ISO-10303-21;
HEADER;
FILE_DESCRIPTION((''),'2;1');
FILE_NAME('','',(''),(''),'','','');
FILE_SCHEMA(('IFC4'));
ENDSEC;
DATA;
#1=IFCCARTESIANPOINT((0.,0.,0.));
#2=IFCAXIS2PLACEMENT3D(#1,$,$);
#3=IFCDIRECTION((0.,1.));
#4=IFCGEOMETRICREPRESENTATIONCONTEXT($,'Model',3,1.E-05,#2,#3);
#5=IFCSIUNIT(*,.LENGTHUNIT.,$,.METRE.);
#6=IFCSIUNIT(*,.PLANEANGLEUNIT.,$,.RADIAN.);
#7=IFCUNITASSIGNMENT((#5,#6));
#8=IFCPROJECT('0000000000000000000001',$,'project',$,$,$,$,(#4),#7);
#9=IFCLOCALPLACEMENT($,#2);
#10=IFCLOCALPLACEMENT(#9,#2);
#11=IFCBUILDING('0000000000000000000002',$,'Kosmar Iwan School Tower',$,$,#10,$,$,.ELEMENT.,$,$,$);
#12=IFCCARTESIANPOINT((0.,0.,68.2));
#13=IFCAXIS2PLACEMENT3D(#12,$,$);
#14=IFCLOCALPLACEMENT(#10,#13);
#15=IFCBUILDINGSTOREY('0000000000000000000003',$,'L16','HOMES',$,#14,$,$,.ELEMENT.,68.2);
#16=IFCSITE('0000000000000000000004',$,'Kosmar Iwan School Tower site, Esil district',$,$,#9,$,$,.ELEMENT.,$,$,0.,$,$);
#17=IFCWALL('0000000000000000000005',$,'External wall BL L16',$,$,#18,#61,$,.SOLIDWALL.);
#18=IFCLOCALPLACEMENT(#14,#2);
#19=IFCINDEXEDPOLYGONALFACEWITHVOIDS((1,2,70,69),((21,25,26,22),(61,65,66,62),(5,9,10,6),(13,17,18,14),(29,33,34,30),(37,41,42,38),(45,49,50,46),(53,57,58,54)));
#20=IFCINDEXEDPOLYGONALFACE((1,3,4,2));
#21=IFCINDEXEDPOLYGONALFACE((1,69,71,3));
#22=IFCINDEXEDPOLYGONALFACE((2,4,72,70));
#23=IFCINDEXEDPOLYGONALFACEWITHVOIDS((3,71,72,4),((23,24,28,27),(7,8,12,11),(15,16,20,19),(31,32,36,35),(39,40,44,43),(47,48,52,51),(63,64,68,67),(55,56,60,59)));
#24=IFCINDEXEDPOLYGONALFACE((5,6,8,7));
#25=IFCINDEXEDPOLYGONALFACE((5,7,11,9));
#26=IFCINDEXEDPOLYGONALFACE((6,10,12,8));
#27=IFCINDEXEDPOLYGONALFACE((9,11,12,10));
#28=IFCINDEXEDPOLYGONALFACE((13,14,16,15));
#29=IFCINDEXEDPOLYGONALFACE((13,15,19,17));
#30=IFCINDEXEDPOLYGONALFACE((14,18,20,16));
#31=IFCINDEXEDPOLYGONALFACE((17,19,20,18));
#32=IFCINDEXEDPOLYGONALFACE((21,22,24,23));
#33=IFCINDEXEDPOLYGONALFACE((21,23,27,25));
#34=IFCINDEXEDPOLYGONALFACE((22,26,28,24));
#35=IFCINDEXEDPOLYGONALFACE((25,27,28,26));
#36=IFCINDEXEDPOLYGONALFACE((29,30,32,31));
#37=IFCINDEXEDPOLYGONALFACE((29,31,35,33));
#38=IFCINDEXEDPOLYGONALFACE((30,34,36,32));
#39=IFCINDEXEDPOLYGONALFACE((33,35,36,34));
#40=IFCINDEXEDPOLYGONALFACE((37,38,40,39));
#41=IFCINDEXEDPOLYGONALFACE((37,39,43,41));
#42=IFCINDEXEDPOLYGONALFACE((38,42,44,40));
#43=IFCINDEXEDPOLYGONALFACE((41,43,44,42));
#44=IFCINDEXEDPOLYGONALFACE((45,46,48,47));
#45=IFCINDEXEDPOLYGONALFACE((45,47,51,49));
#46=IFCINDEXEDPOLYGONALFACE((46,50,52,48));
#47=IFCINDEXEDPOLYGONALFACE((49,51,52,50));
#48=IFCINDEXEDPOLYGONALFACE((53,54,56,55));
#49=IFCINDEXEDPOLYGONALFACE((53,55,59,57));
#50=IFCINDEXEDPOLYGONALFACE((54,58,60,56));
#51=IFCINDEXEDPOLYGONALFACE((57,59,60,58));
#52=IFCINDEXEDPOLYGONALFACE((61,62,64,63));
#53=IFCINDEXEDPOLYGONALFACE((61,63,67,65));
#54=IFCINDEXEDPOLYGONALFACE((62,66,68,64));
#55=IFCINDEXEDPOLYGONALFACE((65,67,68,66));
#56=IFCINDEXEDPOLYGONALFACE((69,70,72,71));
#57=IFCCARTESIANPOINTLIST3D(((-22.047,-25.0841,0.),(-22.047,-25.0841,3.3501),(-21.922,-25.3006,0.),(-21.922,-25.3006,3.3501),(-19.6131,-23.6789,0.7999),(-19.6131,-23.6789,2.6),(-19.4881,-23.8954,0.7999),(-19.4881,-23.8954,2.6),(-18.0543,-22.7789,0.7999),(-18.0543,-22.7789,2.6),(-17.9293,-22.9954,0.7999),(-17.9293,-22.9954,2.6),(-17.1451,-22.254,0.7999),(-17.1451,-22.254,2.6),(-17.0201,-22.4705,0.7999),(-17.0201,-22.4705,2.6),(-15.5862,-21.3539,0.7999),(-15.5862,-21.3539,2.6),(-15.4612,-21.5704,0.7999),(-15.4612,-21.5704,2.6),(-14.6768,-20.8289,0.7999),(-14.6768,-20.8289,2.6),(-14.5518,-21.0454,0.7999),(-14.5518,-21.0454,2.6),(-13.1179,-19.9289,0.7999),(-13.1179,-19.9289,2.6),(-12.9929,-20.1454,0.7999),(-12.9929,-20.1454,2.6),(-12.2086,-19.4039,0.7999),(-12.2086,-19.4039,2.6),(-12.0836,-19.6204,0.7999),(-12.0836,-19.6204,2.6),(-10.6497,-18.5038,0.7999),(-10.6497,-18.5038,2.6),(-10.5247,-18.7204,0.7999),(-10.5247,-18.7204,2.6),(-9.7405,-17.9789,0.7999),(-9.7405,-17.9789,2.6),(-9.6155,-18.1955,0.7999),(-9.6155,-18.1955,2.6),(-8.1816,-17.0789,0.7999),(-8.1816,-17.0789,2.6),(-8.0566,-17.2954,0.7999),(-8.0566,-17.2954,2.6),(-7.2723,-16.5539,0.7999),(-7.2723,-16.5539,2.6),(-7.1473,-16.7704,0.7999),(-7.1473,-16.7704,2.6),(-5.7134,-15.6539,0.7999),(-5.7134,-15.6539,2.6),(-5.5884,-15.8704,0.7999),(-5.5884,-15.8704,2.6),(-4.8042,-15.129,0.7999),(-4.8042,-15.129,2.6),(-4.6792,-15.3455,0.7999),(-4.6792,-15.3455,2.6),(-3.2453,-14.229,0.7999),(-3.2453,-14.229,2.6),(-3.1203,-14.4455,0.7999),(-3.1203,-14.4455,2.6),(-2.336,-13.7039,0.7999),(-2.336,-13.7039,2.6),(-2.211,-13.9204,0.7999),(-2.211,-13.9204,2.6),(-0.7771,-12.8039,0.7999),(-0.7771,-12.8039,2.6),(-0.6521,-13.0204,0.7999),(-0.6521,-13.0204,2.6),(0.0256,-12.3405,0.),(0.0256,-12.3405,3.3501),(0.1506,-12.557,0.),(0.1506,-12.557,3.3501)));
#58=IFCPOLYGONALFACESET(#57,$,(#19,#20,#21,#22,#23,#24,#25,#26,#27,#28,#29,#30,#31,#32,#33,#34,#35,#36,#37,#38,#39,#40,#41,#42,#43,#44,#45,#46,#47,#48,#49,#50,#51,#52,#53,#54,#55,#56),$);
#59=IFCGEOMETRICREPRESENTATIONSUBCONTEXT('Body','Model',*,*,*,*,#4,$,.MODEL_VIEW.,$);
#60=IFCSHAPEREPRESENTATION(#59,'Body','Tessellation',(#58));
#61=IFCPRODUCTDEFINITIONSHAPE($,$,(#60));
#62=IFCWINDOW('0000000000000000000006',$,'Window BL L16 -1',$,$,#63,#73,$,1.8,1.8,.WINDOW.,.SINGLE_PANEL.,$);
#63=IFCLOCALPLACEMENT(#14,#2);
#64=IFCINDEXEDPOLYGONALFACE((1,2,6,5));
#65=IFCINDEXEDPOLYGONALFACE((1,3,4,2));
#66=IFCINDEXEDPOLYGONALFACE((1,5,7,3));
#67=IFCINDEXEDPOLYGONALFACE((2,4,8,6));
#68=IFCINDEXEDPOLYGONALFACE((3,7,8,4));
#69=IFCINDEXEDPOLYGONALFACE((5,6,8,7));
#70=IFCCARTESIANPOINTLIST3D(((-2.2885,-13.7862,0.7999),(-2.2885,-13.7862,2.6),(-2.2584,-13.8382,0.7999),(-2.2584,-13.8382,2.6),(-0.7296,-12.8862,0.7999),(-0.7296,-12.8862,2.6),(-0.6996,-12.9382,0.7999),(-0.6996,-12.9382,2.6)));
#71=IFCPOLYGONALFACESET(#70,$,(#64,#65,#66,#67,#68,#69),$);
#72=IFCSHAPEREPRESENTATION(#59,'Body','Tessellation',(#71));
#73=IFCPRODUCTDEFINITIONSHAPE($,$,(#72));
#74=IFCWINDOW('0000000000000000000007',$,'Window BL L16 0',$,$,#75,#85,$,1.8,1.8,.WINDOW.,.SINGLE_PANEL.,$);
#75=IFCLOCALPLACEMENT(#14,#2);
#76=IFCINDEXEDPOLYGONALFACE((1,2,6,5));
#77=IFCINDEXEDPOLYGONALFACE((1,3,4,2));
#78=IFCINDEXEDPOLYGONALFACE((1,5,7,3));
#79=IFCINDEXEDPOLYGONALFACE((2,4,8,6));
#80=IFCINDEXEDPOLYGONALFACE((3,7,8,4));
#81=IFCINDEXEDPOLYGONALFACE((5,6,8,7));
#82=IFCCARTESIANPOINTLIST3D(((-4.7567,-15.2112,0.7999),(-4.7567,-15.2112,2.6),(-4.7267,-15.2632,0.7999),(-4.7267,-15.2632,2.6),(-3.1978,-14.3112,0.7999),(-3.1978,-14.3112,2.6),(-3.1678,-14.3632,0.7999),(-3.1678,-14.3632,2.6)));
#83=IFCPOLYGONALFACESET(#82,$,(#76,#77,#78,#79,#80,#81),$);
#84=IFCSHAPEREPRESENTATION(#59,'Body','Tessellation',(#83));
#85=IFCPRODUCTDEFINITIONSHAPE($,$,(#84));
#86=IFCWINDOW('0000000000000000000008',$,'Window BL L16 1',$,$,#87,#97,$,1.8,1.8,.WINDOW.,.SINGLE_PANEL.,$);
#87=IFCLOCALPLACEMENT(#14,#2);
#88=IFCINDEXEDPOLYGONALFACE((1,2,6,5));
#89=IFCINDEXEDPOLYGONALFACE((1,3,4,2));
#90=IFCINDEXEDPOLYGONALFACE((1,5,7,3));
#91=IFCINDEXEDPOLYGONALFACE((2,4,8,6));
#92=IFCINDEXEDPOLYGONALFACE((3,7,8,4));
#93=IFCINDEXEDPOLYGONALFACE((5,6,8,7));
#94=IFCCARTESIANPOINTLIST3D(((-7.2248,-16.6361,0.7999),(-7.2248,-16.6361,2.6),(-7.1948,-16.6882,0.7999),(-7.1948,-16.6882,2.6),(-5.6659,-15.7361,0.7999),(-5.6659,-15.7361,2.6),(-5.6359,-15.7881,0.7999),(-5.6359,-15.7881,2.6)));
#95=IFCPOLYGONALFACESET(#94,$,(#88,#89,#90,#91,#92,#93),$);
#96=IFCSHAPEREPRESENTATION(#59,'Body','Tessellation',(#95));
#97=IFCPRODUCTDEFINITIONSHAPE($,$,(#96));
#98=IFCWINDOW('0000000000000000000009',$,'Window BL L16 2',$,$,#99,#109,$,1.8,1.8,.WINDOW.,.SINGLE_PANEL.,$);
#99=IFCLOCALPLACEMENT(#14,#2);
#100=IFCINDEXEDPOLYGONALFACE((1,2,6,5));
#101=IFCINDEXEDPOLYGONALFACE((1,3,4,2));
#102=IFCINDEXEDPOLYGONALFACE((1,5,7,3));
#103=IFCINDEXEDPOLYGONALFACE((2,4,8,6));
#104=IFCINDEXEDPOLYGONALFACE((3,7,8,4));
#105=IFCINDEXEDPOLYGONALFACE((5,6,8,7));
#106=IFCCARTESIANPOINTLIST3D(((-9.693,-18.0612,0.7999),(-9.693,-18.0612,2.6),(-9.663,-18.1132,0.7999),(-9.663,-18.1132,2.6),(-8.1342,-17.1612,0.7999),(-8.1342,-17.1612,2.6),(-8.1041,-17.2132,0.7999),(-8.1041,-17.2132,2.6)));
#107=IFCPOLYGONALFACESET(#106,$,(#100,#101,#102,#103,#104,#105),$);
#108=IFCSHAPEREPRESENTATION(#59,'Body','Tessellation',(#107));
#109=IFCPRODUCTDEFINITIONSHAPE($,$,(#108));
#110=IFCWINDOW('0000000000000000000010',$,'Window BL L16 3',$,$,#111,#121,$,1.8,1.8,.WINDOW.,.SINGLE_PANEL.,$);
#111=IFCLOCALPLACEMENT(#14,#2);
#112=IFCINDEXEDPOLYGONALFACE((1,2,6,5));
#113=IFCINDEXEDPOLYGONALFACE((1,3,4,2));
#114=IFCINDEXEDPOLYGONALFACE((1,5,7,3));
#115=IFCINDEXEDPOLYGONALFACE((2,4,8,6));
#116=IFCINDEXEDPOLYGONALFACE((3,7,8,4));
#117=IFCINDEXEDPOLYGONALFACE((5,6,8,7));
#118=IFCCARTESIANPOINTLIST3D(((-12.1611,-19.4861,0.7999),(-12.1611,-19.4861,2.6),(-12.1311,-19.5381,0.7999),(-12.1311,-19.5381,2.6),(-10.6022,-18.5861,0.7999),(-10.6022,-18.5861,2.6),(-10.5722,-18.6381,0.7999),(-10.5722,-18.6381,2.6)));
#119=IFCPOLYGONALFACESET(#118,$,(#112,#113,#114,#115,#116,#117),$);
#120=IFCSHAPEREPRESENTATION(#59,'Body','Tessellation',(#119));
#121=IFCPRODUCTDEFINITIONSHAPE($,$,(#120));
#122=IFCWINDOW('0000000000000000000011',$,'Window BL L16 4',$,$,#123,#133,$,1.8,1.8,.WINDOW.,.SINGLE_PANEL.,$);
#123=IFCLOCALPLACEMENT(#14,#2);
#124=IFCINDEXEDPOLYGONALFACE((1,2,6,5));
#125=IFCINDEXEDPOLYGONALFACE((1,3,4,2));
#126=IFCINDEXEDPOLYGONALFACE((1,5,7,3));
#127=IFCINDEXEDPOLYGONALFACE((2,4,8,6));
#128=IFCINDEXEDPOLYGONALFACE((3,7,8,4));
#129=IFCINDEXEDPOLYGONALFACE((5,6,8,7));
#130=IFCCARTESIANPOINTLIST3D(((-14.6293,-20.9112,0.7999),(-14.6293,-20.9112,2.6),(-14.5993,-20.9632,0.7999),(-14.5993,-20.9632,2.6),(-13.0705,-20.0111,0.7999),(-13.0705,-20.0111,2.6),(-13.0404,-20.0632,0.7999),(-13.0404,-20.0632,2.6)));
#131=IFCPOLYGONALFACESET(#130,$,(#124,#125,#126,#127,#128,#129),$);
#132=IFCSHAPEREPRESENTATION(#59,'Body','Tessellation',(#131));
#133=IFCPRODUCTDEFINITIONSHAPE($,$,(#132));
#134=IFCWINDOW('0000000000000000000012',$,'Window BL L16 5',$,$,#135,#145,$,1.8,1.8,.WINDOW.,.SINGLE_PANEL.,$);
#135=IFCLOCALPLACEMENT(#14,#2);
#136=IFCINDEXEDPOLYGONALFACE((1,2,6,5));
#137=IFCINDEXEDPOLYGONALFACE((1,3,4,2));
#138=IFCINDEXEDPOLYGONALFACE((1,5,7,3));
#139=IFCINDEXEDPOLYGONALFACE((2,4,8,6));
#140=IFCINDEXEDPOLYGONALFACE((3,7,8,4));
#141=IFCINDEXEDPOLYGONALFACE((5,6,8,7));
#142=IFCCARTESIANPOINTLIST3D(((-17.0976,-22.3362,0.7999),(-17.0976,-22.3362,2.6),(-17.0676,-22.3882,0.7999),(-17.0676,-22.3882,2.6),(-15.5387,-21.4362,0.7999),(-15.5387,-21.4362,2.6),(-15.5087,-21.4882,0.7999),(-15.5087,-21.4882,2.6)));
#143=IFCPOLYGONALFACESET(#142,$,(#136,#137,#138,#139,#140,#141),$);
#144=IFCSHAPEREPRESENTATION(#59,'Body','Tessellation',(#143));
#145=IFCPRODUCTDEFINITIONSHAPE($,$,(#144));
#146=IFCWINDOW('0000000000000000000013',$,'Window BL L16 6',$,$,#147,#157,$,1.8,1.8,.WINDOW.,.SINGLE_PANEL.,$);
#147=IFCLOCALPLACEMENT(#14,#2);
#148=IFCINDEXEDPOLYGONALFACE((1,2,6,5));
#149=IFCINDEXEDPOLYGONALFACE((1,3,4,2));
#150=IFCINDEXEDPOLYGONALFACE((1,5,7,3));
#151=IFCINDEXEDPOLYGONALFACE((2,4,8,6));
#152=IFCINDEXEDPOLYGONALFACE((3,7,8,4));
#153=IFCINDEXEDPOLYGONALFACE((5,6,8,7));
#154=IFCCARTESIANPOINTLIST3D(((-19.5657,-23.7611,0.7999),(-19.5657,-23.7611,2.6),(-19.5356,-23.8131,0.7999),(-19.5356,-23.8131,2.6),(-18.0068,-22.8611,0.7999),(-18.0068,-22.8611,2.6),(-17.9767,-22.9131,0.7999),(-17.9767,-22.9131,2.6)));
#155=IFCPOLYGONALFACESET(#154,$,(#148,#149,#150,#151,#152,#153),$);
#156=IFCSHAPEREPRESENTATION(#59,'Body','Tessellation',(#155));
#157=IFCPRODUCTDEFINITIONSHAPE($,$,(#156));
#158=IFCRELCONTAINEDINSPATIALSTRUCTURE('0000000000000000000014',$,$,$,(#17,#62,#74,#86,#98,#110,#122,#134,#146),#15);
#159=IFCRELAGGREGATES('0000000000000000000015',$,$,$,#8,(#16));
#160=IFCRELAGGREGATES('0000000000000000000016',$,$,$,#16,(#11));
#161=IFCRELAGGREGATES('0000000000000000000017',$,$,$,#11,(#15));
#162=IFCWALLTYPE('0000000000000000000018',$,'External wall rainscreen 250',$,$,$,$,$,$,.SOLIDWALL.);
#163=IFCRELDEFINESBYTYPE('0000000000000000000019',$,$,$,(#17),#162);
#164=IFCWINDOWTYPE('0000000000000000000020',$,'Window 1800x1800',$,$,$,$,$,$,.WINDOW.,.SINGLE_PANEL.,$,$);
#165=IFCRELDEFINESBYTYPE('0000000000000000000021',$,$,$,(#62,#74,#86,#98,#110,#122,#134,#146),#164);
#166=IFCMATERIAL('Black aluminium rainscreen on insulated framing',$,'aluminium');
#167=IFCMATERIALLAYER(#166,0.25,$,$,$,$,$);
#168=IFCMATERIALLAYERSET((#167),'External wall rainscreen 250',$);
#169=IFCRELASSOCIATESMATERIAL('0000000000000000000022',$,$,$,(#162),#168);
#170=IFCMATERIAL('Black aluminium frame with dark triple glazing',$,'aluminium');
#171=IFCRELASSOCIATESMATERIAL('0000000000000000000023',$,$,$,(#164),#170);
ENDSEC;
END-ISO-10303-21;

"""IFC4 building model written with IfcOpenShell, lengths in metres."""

from ifc_helpers import new_model, si_unit, direction, frame, frame_2d, origin, place, context, subcontext, project, spatial, rectangle, extrude, material, layer, layer_set, type_object, element, fill, save


model = new_model("IFC4")

# Units and contexts
model_context = context("Model", 3, precision=1e-05, world=origin(), true_north=direction((0.0, 1.0)))
body_context = subcontext(model_context, "Body", "Model", "MODEL_VIEW")
ifc_project = project(units=[si_unit("LENGTHUNIT", "METRE"), si_unit("PLANEANGLEUNIT", "RADIAN")], contexts=[model_context])

# Site, building, storey
site_placement = place(None, origin())
site = spatial("IfcSite", under=ifc_project, at=site_placement, Name="Kosmar Iwan School Tower site, Esil district", CompositionType="ELEMENT", RefElevation=0.0)
building_placement = place(site_placement, origin())
building = spatial("IfcBuilding", under=site, at=building_placement, Name="Kosmar Iwan School Tower", CompositionType="ELEMENT")
storey_placement = place(building_placement, frame((0.0, 0.0, 68.2)))
storey = spatial("IfcBuildingStorey", under=building, at=storey_placement, Name="L16", Description="HOMES", CompositionType="ELEMENT", Elevation=68.2)

# Wall, openings, windows
ifc_material_1 = material(Name="Black aluminium rainscreen on insulated framing", Category="aluminium")
ifc_layer = layer(ifc_material_1, 0.25)
ifc_layer_set = layer_set([ifc_layer], Name="External wall rainscreen 250")
wall_type = type_object("IfcWallType", Name="External wall rainscreen 250", PredefinedType="SOLIDWALL", material=ifc_layer_set)
wall_1_placement = place(storey_placement, frame((0.0881, -12.4487, 0.0), z_axis=(0.0, 0.0, 1.0), x_axis=(-0.866026, -0.499998, 0.0)))
wall_1 = element("IfcWall", 1, at=wall_1_placement, inside=storey, type_object=wall_type, Name="External wall BL L16", PredefinedType="SOLIDWALL", context=body_context, shape_type="SweptSolid", body=[
    extrude(rectangle(XDim=25.4873, YDim=0.25, at=frame_2d((12.7437, 0.0))), origin(), (0.0, 0.0, 1.0), 3.3501),
])
opening_1_placement = place(wall_1_placement, frame((0.927, 0.0, 0.8)))
opening_1 = element("IfcOpeningElement", 2, at=opening_1_placement, cuts=wall_1, PredefinedType="OPENING", context=body_context, shape_type="SweptSolid", body=[
    extrude(rectangle(XDim=1.8, YDim=1.8, at=frame_2d((0.8999, 0.8999))), frame((0.0, 0.137, 0.0), z_axis=(0.0, -1.0, 0.0), x_axis=(1.0, 0.0, 0.0)), (0.0, 0.0, 1.0), 0.2739),
])
opening_2_placement = place(wall_1_placement, frame((3.7771, 0.0, 0.8)))
opening_2 = element("IfcOpeningElement", 3, at=opening_2_placement, cuts=wall_1, PredefinedType="OPENING", context=body_context, shape_type="SweptSolid", body=[
    extrude(rectangle(XDim=1.8, YDim=1.8, at=frame_2d((0.8999, 0.8999))), frame((0.0, 0.137, 0.0), z_axis=(0.0, -1.0, 0.0), x_axis=(1.0, 0.0, 0.0)), (0.0, 0.0, 1.0), 0.2739),
])
opening_3_placement = place(wall_1_placement, frame((6.627, 0.0, 0.8)))
opening_3 = element("IfcOpeningElement", 4, at=opening_3_placement, cuts=wall_1, PredefinedType="OPENING", context=body_context, shape_type="SweptSolid", body=[
    extrude(rectangle(XDim=1.8, YDim=1.8, at=frame_2d((0.8999, 0.8999))), frame((0.0, 0.137, 0.0), z_axis=(0.0, -1.0, 0.0), x_axis=(1.0, 0.0, 0.0)), (0.0, 0.0, 1.0), 0.2739),
])
opening_4_placement = place(wall_1_placement, frame((9.4771, 0.0, 0.8)))
opening_4 = element("IfcOpeningElement", 5, at=opening_4_placement, cuts=wall_1, PredefinedType="OPENING", context=body_context, shape_type="SweptSolid", body=[
    extrude(rectangle(XDim=1.8, YDim=1.8, at=frame_2d((0.8999, 0.8999))), frame((0.0, 0.137, 0.0), z_axis=(0.0, -1.0, 0.0), x_axis=(1.0, 0.0, 0.0)), (0.0, 0.0, 1.0), 0.2739),
])
opening_5_placement = place(wall_1_placement, frame((12.3269, 0.0, 0.8)))
opening_5 = element("IfcOpeningElement", 6, at=opening_5_placement, cuts=wall_1, PredefinedType="OPENING", context=body_context, shape_type="SweptSolid", body=[
    extrude(rectangle(XDim=1.8, YDim=1.8, at=frame_2d((0.8999, 0.8999))), frame((0.0, 0.137, 0.0), z_axis=(0.0, -1.0, 0.0), x_axis=(1.0, 0.0, 0.0)), (0.0, 0.0, 1.0), 0.2739),
])
opening_6_placement = place(wall_1_placement, frame((15.177, 0.0, 0.8)))
opening_6 = element("IfcOpeningElement", 7, at=opening_6_placement, cuts=wall_1, PredefinedType="OPENING", context=body_context, shape_type="SweptSolid", body=[
    extrude(rectangle(XDim=1.8, YDim=1.8, at=frame_2d((0.8999, 0.8999))), frame((0.0, 0.137, 0.0), z_axis=(0.0, -1.0, 0.0), x_axis=(1.0, 0.0, 0.0)), (0.0, 0.0, 1.0), 0.2739),
])
opening_7_placement = place(wall_1_placement, frame((18.0271, 0.0, 0.8)))
opening_7 = element("IfcOpeningElement", 8, at=opening_7_placement, cuts=wall_1, PredefinedType="OPENING", context=body_context, shape_type="SweptSolid", body=[
    extrude(rectangle(XDim=1.8, YDim=1.8, at=frame_2d((0.8999, 0.8999))), frame((0.0, 0.137, 0.0), z_axis=(0.0, -1.0, 0.0), x_axis=(1.0, 0.0, 0.0)), (0.0, 0.0, 1.0), 0.2739),
])
opening_8_placement = place(wall_1_placement, frame((20.877, 0.0, 0.8)))
opening_8 = element("IfcOpeningElement", 9, at=opening_8_placement, cuts=wall_1, PredefinedType="OPENING", context=body_context, shape_type="SweptSolid", body=[
    extrude(rectangle(XDim=1.8, YDim=1.8, at=frame_2d((0.8999, 0.8999))), frame((0.0, 0.137, 0.0), z_axis=(0.0, -1.0, 0.0), x_axis=(1.0, 0.0, 0.0)), (0.0, 0.0, 1.0), 0.2739),
])
ifc_material_2 = material(Name="Black aluminium frame with dark triple glazing", Category="aluminium")
window_type = type_object("IfcWindowType", Name="Window 1800x1800", PartitioningType="SINGLE_PANEL", PredefinedType="WINDOW", material=ifc_material_2)
window_1_placement = place(opening_1_placement, origin())
window_1 = element("IfcWindow", 10, at=window_1_placement, inside=storey, type_object=window_type, Name="Window BL L16 -1", OverallHeight=1.8, OverallWidth=1.8, PartitioningType="SINGLE_PANEL", PredefinedType="WINDOW", context=body_context, shape_type="SweptSolid", body=[
    extrude(rectangle(XDim=1.8, YDim=1.8, at=frame_2d((0.8999, 0.8999))), frame((0.0, 0.03, 0.0), z_axis=(0.0, -1.0, 0.0), x_axis=(1.0, 0.0, 0.0)), (0.0, 0.0, 1.0), 0.0601),
])
fill(opening_1, window_1)
window_2_placement = place(opening_2_placement, origin())
window_2 = element("IfcWindow", 11, at=window_2_placement, inside=storey, type_object=window_type, Name="Window BL L16 0", OverallHeight=1.8, OverallWidth=1.8, PartitioningType="SINGLE_PANEL", PredefinedType="WINDOW", context=body_context, shape_type="SweptSolid", body=[
    extrude(rectangle(XDim=1.8, YDim=1.8, at=frame_2d((0.8999, 0.8999))), frame((0.0, 0.03, 0.0), z_axis=(0.0, -1.0, 0.0), x_axis=(1.0, 0.0, 0.0)), (0.0, 0.0, 1.0), 0.0601),
])
fill(opening_2, window_2)
window_3_placement = place(opening_3_placement, origin())
window_3 = element("IfcWindow", 12, at=window_3_placement, inside=storey, type_object=window_type, Name="Window BL L16 1", OverallHeight=1.8, OverallWidth=1.8, PartitioningType="SINGLE_PANEL", PredefinedType="WINDOW", context=body_context, shape_type="SweptSolid", body=[
    extrude(rectangle(XDim=1.8, YDim=1.8, at=frame_2d((0.8999, 0.8999))), frame((0.0, 0.03, 0.0), z_axis=(0.0, -1.0, 0.0), x_axis=(1.0, 0.0, 0.0)), (0.0, 0.0, 1.0), 0.0601),
])
fill(opening_3, window_3)
window_4_placement = place(opening_4_placement, origin())
window_4 = element("IfcWindow", 13, at=window_4_placement, inside=storey, type_object=window_type, Name="Window BL L16 2", OverallHeight=1.8, OverallWidth=1.8, PartitioningType="SINGLE_PANEL", PredefinedType="WINDOW", context=body_context, shape_type="SweptSolid", body=[
    extrude(rectangle(XDim=1.8, YDim=1.8, at=frame_2d((0.8999, 0.8999))), frame((0.0, 0.03, 0.0), z_axis=(0.0, -1.0, 0.0), x_axis=(1.0, 0.0, 0.0)), (0.0, 0.0, 1.0), 0.0601),
])
fill(opening_4, window_4)
window_5_placement = place(opening_5_placement, origin())
window_5 = element("IfcWindow", 14, at=window_5_placement, inside=storey, type_object=window_type, Name="Window BL L16 3", OverallHeight=1.8, OverallWidth=1.8, PartitioningType="SINGLE_PANEL", PredefinedType="WINDOW", context=body_context, shape_type="SweptSolid", body=[
    extrude(rectangle(XDim=1.8, YDim=1.8, at=frame_2d((0.8999, 0.8999))), frame((0.0, 0.03, 0.0), z_axis=(0.0, -1.0, 0.0), x_axis=(1.0, 0.0, 0.0)), (0.0, 0.0, 1.0), 0.0601),
])
fill(opening_5, window_5)
window_6_placement = place(opening_6_placement, origin())
window_6 = element("IfcWindow", 15, at=window_6_placement, inside=storey, type_object=window_type, Name="Window BL L16 4", OverallHeight=1.8, OverallWidth=1.8, PartitioningType="SINGLE_PANEL", PredefinedType="WINDOW", context=body_context, shape_type="SweptSolid", body=[
    extrude(rectangle(XDim=1.8, YDim=1.8, at=frame_2d((0.8999, 0.8999))), frame((0.0, 0.03, 0.0), z_axis=(0.0, -1.0, 0.0), x_axis=(1.0, 0.0, 0.0)), (0.0, 0.0, 1.0), 0.0601),
])
fill(opening_6, window_6)
window_7_placement = place(opening_7_placement, origin())
window_7 = element("IfcWindow", 16, at=window_7_placement, inside=storey, type_object=window_type, Name="Window BL L16 5", OverallHeight=1.8, OverallWidth=1.8, PartitioningType="SINGLE_PANEL", PredefinedType="WINDOW", context=body_context, shape_type="SweptSolid", body=[
    extrude(rectangle(XDim=1.8, YDim=1.8, at=frame_2d((0.8999, 0.8999))), frame((0.0, 0.03, 0.0), z_axis=(0.0, -1.0, 0.0), x_axis=(1.0, 0.0, 0.0)), (0.0, 0.0, 1.0), 0.0601),
])
fill(opening_7, window_7)
window_8_placement = place(opening_8_placement, origin())
window_8 = element("IfcWindow", 17, at=window_8_placement, inside=storey, type_object=window_type, Name="Window BL L16 6", OverallHeight=1.8, OverallWidth=1.8, PartitioningType="SINGLE_PANEL", PredefinedType="WINDOW", context=body_context, shape_type="SweptSolid", body=[
    extrude(rectangle(XDim=1.8, YDim=1.8, at=frame_2d((0.8999, 0.8999))), frame((0.0, 0.03, 0.0), z_axis=(0.0, -1.0, 0.0), x_axis=(1.0, 0.0, 0.0)), (0.0, 0.0, 1.0), 0.0601),
])
fill(opening_8, window_8)

save(model, "model.ifc")
